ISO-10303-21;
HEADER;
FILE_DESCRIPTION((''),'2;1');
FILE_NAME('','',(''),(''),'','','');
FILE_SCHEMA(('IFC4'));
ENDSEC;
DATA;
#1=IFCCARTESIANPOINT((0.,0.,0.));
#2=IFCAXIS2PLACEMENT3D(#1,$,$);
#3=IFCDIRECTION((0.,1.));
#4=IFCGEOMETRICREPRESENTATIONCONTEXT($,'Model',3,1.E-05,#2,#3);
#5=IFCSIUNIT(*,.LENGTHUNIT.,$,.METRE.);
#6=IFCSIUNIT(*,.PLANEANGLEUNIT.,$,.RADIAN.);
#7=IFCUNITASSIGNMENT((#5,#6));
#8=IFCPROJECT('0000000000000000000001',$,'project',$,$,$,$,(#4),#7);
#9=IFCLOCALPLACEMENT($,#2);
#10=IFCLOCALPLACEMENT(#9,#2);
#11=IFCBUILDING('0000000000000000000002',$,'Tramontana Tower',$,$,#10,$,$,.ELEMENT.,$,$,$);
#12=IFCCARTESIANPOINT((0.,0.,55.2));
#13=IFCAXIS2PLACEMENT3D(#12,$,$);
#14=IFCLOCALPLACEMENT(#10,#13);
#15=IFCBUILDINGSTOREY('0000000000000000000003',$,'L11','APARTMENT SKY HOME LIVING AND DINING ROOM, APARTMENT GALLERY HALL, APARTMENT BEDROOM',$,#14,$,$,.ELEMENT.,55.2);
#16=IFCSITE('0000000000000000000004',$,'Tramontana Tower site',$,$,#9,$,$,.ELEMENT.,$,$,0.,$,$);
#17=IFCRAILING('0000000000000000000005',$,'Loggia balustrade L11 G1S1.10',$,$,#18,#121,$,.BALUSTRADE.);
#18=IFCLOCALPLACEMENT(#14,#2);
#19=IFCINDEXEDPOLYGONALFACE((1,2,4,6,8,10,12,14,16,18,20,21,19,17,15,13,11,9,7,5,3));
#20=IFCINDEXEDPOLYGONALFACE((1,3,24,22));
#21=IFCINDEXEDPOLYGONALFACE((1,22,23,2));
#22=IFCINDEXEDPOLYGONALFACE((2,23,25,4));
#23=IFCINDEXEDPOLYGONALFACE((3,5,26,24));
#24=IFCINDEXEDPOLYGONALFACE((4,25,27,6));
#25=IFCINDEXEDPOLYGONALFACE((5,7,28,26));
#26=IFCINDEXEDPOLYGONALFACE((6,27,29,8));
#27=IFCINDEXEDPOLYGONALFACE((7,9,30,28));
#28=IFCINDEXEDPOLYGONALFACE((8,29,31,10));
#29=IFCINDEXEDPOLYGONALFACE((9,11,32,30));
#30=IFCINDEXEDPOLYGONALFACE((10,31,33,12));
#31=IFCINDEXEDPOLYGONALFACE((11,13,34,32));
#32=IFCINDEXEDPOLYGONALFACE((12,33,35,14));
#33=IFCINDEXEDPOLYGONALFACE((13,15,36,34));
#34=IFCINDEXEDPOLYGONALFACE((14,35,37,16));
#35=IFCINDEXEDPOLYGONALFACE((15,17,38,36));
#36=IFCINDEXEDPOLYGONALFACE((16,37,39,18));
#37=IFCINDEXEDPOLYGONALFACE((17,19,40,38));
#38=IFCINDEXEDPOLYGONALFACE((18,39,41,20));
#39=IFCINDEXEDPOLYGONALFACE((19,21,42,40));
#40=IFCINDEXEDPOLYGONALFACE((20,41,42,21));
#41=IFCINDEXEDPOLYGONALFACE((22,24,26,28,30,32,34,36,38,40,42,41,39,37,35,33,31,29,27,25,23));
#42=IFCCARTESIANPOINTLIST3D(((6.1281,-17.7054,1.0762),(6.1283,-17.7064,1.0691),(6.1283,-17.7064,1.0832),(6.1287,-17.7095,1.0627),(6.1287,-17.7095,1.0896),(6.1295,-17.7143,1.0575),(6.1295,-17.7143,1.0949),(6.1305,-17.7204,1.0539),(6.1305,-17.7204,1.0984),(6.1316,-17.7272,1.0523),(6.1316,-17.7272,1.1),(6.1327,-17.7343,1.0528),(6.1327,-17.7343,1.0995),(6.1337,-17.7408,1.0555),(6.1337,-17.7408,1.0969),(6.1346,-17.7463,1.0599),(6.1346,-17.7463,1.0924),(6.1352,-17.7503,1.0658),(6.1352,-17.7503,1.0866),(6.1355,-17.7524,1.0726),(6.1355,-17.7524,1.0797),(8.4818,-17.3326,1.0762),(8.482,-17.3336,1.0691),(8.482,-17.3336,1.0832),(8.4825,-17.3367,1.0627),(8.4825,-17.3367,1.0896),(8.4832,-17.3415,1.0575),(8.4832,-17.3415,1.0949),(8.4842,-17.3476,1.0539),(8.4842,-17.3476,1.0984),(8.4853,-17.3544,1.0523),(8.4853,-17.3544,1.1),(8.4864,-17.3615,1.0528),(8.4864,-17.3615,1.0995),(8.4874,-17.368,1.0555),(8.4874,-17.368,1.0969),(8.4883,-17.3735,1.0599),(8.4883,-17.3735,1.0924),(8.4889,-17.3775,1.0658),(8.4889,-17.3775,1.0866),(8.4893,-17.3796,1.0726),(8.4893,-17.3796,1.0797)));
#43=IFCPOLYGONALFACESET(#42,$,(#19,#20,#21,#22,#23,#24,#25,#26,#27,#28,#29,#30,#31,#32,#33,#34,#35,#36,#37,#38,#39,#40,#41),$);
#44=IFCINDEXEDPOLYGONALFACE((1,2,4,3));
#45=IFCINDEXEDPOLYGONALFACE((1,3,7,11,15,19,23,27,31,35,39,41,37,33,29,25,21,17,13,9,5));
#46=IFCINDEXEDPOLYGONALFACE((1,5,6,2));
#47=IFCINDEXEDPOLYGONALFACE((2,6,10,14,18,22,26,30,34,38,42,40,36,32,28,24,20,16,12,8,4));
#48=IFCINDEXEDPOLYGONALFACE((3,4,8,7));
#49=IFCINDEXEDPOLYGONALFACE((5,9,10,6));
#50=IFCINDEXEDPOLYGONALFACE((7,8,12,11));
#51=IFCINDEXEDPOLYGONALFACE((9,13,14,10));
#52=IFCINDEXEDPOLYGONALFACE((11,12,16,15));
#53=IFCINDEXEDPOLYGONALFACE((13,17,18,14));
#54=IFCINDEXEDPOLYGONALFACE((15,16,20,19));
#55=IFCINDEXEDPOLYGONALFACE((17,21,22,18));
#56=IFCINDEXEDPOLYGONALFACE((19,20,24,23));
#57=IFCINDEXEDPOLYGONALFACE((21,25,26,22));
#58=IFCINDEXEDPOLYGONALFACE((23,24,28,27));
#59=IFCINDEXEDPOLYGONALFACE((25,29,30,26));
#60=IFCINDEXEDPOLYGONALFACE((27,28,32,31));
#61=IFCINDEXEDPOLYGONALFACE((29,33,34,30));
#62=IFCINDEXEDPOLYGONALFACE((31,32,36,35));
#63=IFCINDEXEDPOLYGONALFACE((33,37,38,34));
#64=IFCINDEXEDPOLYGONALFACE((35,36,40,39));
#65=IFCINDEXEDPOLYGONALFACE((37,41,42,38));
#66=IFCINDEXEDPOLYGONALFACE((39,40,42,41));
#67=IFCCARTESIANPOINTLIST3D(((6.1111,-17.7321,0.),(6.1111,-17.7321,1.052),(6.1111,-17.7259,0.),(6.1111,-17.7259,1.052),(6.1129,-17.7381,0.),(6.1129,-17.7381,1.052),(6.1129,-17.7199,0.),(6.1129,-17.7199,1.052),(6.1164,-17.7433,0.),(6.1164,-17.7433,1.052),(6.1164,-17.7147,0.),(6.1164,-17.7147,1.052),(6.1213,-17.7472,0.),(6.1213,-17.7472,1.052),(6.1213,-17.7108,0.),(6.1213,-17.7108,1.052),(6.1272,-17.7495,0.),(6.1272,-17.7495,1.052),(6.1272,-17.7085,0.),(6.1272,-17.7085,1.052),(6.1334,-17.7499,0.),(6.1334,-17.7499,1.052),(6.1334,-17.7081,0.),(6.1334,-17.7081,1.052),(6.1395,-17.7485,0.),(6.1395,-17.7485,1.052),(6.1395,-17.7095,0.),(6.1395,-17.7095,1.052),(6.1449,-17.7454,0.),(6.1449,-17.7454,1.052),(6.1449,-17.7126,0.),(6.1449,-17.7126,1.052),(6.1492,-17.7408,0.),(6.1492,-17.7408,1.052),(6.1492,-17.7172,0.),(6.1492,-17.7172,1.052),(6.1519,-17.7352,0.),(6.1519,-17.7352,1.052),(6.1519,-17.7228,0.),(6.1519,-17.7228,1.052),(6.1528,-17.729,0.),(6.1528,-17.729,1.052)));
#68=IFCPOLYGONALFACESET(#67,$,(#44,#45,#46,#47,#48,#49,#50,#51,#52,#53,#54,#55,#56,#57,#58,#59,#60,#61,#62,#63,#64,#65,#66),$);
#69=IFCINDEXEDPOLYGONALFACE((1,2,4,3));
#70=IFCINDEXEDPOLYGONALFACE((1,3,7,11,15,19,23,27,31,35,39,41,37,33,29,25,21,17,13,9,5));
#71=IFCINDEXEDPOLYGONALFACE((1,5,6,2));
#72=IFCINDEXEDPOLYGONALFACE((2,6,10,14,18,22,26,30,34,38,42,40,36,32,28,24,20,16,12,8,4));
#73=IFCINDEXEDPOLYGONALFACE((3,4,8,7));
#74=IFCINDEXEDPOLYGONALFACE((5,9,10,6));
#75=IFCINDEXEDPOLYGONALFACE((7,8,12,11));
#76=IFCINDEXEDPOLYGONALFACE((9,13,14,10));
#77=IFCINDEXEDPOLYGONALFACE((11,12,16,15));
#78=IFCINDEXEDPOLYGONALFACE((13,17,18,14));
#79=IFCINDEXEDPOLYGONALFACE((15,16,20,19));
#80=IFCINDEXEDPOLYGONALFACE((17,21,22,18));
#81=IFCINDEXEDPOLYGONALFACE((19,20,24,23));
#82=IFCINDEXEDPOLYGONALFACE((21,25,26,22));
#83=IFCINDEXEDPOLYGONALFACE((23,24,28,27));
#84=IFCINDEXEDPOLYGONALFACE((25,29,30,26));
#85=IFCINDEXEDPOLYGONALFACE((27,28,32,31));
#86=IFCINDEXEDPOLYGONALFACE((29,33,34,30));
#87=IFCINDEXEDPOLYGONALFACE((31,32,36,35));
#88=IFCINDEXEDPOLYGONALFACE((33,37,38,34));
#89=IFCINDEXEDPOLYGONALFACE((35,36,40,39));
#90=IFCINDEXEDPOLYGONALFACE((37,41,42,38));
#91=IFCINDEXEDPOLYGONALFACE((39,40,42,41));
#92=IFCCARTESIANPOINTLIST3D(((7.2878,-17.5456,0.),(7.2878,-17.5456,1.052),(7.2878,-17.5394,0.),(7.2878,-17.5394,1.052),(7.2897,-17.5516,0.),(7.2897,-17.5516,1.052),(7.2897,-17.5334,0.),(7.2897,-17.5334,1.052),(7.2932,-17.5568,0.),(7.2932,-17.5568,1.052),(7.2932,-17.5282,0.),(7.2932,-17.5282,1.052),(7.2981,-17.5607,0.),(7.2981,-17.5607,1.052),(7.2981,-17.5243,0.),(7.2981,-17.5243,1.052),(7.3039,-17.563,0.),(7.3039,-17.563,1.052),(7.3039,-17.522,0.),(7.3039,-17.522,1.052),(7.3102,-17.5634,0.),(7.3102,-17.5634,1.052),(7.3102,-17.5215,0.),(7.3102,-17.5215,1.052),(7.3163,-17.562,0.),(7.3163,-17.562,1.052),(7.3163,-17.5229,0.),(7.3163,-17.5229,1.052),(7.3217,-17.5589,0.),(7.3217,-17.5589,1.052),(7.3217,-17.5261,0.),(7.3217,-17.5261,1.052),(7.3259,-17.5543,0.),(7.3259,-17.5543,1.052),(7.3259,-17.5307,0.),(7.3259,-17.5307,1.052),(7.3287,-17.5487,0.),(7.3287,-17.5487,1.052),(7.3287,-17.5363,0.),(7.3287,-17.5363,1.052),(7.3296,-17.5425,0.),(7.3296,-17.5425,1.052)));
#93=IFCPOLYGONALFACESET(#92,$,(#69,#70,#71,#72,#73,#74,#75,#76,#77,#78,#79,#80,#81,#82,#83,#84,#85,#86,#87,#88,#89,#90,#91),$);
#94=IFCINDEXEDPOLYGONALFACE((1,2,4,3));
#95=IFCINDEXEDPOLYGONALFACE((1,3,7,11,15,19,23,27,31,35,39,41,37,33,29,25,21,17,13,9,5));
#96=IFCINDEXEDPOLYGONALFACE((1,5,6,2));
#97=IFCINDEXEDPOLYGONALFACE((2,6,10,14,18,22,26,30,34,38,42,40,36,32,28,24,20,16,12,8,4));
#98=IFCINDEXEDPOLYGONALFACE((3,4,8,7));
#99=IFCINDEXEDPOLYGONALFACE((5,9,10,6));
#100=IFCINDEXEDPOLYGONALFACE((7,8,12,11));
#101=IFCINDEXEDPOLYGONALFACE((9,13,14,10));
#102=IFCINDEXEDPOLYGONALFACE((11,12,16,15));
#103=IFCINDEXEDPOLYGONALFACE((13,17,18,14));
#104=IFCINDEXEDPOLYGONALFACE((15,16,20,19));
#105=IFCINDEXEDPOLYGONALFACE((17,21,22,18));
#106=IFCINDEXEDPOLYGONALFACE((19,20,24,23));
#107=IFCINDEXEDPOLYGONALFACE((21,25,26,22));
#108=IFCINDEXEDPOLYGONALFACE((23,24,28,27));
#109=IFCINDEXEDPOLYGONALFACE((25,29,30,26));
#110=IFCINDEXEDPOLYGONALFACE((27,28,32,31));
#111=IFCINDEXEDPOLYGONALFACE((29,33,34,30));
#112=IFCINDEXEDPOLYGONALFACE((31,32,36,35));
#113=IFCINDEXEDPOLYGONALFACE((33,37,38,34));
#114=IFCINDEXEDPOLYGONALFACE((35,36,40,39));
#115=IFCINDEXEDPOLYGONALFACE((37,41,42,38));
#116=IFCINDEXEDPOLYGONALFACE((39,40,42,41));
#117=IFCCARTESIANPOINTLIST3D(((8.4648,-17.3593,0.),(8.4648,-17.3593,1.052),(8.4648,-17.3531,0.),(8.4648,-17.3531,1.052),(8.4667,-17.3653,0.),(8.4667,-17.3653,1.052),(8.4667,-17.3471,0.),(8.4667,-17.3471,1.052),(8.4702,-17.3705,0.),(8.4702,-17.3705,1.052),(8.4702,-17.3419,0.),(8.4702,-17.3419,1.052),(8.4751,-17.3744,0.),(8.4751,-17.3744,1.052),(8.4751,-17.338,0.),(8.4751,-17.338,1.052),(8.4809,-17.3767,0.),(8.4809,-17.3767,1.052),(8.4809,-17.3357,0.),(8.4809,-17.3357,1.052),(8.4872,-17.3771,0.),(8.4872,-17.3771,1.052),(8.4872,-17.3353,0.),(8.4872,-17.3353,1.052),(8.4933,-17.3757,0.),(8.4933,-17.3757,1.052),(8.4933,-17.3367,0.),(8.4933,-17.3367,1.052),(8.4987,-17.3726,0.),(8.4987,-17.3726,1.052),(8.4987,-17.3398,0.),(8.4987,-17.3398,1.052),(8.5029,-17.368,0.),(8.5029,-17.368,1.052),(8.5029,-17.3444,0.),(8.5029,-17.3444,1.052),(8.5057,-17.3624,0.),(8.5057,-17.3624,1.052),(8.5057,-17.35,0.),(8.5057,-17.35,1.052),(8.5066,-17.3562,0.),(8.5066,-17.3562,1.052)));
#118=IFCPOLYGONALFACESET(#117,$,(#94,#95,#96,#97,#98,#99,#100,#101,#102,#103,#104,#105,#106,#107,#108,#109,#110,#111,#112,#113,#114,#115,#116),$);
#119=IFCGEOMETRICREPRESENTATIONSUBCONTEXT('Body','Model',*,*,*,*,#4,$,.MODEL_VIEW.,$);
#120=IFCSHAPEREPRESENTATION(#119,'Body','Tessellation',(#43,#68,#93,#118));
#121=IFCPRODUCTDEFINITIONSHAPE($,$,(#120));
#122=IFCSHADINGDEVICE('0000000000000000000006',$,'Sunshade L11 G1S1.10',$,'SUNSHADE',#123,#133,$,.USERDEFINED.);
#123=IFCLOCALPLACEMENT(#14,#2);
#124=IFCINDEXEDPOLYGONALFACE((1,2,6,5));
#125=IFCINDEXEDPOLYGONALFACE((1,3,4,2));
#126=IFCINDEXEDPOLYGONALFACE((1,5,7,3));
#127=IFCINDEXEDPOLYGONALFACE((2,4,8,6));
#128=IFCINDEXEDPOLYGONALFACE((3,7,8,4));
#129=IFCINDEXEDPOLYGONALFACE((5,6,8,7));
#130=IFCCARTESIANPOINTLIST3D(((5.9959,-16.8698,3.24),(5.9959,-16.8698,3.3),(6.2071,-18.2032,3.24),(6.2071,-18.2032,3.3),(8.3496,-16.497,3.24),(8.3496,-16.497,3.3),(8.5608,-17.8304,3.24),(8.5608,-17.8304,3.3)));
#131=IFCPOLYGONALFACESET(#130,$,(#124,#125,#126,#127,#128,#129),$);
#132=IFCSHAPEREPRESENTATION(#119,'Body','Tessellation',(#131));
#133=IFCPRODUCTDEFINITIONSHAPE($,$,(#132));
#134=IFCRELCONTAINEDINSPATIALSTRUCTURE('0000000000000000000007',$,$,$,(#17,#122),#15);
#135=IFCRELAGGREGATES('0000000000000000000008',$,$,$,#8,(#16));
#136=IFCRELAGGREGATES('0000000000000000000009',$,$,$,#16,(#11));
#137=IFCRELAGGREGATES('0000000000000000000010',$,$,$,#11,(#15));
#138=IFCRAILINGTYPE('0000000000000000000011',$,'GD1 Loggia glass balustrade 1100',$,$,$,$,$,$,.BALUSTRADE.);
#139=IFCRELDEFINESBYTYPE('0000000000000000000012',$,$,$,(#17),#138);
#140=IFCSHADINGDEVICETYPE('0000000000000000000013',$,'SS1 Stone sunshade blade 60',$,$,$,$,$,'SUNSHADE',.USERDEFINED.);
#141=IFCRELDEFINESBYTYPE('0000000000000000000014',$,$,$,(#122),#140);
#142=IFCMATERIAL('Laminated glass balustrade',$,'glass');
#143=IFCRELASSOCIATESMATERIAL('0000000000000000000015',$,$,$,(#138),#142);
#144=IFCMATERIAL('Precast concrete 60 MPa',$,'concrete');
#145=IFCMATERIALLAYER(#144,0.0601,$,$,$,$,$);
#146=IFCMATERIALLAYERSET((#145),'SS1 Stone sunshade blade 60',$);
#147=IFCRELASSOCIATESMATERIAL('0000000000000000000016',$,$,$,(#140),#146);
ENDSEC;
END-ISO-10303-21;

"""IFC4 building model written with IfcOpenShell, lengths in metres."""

from ifc_helpers import new_model, si_unit, direction, frame, origin, origin_2d, place, context, subcontext, project, spatial, rectangle, circle, extrude, material, layer, layer_set, type_object, element, save


model = new_model("IFC4")

# Units and contexts
model_context = context("Model", 3, precision=1e-05, world=origin(), true_north=direction((0.0, 1.0)))
body_context = subcontext(model_context, "Body", "Model", "MODEL_VIEW")
ifc_project = project(units=[si_unit("LENGTHUNIT", "METRE"), si_unit("PLANEANGLEUNIT", "RADIAN")], contexts=[model_context])

# Site, building, storey
site_placement = place(None, origin())
site = spatial("IfcSite", under=ifc_project, at=site_placement, Name="Tramontana Tower site", CompositionType="ELEMENT", RefElevation=0.0)
building_placement = place(site_placement, origin())
building = spatial("IfcBuilding", under=site, at=building_placement, Name="Tramontana Tower", CompositionType="ELEMENT")
storey_placement = place(building_placement, frame((0.0, 0.0, 55.2)))
storey = spatial("IfcBuildingStorey", under=building, at=storey_placement, Name="L11", Description="APARTMENT SKY HOME LIVING AND DINING ROOM, APARTMENT GALLERY HALL, APARTMENT BEDROOM", CompositionType="ELEMENT", Elevation=55.2)

# Railing
ifc_material_1 = material(Name="Laminated glass balustrade", Category="glass")
railing_type = type_object("IfcRailingType", Name="GD1 Loggia glass balustrade 1100", PredefinedType="BALUSTRADE", material=ifc_material_1)
railing_placement = place(storey_placement, frame((6.1318, -17.729, 0.0)))
element("IfcRailing", 1, at=railing_placement, inside=storey, type_object=railing_type, Name="Loggia balustrade L11 G1S1.10", PredefinedType="BALUSTRADE", context=body_context, shape_type="SweptSolid", body=[
    extrude(circle(Radius=0.0239, at=origin_2d()), frame((0.0, 0.0, 1.0762), z_axis=(0.987688, 0.156436, 0.0), x_axis=(-0.156436, 0.987688, 0.0)), (0.0, 0.0, 1.0), 2.3831),
    extrude(circle(Radius=0.021, at=origin_2d()), origin(), (0.0, 0.0, 1.0), 1.052),
    extrude(circle(Radius=0.021, at=origin_2d()), frame((1.1768, 0.1865, 0.0)), (0.0, 0.0, 1.0), 1.052),
    extrude(circle(Radius=0.021, at=origin_2d()), frame((2.3538, 0.3728, 0.0)), (0.0, 0.0, 1.0), 1.052),
])

# Shading device
ifc_material_2 = material(Name="Precast concrete 60 MPa", Category="concrete")
ifc_layer_1 = layer(ifc_material_2, 0.0601)
ifc_layer_set_1 = layer_set([ifc_layer_1], Name="SS1 Stone sunshade blade 60")
shading_device_type = type_object("IfcShadingDeviceType", Name="SS1 Stone sunshade blade 60", ElementType="SUNSHADE", PredefinedType="USERDEFINED", material=ifc_layer_set_1)
shading_device_placement = place(storey_placement, frame((7.2783, -17.3501, 3.24), z_axis=(0.0, 0.0, 1.0), x_axis=(0.987688, 0.156434, 0.0)))
element("IfcShadingDevice", 2, at=shading_device_placement, inside=storey, type_object=shading_device_type, Name="Sunshade L11 G1S1.10", ObjectType="SUNSHADE", PredefinedType="USERDEFINED", context=body_context, shape_type="SweptSolid", body=[
    extrude(rectangle(XDim=2.3831, YDim=1.3501, at=origin_2d()), origin(), (0.0, 0.0, 1.0), 0.0601),
])

save(model, "model.ifc")
